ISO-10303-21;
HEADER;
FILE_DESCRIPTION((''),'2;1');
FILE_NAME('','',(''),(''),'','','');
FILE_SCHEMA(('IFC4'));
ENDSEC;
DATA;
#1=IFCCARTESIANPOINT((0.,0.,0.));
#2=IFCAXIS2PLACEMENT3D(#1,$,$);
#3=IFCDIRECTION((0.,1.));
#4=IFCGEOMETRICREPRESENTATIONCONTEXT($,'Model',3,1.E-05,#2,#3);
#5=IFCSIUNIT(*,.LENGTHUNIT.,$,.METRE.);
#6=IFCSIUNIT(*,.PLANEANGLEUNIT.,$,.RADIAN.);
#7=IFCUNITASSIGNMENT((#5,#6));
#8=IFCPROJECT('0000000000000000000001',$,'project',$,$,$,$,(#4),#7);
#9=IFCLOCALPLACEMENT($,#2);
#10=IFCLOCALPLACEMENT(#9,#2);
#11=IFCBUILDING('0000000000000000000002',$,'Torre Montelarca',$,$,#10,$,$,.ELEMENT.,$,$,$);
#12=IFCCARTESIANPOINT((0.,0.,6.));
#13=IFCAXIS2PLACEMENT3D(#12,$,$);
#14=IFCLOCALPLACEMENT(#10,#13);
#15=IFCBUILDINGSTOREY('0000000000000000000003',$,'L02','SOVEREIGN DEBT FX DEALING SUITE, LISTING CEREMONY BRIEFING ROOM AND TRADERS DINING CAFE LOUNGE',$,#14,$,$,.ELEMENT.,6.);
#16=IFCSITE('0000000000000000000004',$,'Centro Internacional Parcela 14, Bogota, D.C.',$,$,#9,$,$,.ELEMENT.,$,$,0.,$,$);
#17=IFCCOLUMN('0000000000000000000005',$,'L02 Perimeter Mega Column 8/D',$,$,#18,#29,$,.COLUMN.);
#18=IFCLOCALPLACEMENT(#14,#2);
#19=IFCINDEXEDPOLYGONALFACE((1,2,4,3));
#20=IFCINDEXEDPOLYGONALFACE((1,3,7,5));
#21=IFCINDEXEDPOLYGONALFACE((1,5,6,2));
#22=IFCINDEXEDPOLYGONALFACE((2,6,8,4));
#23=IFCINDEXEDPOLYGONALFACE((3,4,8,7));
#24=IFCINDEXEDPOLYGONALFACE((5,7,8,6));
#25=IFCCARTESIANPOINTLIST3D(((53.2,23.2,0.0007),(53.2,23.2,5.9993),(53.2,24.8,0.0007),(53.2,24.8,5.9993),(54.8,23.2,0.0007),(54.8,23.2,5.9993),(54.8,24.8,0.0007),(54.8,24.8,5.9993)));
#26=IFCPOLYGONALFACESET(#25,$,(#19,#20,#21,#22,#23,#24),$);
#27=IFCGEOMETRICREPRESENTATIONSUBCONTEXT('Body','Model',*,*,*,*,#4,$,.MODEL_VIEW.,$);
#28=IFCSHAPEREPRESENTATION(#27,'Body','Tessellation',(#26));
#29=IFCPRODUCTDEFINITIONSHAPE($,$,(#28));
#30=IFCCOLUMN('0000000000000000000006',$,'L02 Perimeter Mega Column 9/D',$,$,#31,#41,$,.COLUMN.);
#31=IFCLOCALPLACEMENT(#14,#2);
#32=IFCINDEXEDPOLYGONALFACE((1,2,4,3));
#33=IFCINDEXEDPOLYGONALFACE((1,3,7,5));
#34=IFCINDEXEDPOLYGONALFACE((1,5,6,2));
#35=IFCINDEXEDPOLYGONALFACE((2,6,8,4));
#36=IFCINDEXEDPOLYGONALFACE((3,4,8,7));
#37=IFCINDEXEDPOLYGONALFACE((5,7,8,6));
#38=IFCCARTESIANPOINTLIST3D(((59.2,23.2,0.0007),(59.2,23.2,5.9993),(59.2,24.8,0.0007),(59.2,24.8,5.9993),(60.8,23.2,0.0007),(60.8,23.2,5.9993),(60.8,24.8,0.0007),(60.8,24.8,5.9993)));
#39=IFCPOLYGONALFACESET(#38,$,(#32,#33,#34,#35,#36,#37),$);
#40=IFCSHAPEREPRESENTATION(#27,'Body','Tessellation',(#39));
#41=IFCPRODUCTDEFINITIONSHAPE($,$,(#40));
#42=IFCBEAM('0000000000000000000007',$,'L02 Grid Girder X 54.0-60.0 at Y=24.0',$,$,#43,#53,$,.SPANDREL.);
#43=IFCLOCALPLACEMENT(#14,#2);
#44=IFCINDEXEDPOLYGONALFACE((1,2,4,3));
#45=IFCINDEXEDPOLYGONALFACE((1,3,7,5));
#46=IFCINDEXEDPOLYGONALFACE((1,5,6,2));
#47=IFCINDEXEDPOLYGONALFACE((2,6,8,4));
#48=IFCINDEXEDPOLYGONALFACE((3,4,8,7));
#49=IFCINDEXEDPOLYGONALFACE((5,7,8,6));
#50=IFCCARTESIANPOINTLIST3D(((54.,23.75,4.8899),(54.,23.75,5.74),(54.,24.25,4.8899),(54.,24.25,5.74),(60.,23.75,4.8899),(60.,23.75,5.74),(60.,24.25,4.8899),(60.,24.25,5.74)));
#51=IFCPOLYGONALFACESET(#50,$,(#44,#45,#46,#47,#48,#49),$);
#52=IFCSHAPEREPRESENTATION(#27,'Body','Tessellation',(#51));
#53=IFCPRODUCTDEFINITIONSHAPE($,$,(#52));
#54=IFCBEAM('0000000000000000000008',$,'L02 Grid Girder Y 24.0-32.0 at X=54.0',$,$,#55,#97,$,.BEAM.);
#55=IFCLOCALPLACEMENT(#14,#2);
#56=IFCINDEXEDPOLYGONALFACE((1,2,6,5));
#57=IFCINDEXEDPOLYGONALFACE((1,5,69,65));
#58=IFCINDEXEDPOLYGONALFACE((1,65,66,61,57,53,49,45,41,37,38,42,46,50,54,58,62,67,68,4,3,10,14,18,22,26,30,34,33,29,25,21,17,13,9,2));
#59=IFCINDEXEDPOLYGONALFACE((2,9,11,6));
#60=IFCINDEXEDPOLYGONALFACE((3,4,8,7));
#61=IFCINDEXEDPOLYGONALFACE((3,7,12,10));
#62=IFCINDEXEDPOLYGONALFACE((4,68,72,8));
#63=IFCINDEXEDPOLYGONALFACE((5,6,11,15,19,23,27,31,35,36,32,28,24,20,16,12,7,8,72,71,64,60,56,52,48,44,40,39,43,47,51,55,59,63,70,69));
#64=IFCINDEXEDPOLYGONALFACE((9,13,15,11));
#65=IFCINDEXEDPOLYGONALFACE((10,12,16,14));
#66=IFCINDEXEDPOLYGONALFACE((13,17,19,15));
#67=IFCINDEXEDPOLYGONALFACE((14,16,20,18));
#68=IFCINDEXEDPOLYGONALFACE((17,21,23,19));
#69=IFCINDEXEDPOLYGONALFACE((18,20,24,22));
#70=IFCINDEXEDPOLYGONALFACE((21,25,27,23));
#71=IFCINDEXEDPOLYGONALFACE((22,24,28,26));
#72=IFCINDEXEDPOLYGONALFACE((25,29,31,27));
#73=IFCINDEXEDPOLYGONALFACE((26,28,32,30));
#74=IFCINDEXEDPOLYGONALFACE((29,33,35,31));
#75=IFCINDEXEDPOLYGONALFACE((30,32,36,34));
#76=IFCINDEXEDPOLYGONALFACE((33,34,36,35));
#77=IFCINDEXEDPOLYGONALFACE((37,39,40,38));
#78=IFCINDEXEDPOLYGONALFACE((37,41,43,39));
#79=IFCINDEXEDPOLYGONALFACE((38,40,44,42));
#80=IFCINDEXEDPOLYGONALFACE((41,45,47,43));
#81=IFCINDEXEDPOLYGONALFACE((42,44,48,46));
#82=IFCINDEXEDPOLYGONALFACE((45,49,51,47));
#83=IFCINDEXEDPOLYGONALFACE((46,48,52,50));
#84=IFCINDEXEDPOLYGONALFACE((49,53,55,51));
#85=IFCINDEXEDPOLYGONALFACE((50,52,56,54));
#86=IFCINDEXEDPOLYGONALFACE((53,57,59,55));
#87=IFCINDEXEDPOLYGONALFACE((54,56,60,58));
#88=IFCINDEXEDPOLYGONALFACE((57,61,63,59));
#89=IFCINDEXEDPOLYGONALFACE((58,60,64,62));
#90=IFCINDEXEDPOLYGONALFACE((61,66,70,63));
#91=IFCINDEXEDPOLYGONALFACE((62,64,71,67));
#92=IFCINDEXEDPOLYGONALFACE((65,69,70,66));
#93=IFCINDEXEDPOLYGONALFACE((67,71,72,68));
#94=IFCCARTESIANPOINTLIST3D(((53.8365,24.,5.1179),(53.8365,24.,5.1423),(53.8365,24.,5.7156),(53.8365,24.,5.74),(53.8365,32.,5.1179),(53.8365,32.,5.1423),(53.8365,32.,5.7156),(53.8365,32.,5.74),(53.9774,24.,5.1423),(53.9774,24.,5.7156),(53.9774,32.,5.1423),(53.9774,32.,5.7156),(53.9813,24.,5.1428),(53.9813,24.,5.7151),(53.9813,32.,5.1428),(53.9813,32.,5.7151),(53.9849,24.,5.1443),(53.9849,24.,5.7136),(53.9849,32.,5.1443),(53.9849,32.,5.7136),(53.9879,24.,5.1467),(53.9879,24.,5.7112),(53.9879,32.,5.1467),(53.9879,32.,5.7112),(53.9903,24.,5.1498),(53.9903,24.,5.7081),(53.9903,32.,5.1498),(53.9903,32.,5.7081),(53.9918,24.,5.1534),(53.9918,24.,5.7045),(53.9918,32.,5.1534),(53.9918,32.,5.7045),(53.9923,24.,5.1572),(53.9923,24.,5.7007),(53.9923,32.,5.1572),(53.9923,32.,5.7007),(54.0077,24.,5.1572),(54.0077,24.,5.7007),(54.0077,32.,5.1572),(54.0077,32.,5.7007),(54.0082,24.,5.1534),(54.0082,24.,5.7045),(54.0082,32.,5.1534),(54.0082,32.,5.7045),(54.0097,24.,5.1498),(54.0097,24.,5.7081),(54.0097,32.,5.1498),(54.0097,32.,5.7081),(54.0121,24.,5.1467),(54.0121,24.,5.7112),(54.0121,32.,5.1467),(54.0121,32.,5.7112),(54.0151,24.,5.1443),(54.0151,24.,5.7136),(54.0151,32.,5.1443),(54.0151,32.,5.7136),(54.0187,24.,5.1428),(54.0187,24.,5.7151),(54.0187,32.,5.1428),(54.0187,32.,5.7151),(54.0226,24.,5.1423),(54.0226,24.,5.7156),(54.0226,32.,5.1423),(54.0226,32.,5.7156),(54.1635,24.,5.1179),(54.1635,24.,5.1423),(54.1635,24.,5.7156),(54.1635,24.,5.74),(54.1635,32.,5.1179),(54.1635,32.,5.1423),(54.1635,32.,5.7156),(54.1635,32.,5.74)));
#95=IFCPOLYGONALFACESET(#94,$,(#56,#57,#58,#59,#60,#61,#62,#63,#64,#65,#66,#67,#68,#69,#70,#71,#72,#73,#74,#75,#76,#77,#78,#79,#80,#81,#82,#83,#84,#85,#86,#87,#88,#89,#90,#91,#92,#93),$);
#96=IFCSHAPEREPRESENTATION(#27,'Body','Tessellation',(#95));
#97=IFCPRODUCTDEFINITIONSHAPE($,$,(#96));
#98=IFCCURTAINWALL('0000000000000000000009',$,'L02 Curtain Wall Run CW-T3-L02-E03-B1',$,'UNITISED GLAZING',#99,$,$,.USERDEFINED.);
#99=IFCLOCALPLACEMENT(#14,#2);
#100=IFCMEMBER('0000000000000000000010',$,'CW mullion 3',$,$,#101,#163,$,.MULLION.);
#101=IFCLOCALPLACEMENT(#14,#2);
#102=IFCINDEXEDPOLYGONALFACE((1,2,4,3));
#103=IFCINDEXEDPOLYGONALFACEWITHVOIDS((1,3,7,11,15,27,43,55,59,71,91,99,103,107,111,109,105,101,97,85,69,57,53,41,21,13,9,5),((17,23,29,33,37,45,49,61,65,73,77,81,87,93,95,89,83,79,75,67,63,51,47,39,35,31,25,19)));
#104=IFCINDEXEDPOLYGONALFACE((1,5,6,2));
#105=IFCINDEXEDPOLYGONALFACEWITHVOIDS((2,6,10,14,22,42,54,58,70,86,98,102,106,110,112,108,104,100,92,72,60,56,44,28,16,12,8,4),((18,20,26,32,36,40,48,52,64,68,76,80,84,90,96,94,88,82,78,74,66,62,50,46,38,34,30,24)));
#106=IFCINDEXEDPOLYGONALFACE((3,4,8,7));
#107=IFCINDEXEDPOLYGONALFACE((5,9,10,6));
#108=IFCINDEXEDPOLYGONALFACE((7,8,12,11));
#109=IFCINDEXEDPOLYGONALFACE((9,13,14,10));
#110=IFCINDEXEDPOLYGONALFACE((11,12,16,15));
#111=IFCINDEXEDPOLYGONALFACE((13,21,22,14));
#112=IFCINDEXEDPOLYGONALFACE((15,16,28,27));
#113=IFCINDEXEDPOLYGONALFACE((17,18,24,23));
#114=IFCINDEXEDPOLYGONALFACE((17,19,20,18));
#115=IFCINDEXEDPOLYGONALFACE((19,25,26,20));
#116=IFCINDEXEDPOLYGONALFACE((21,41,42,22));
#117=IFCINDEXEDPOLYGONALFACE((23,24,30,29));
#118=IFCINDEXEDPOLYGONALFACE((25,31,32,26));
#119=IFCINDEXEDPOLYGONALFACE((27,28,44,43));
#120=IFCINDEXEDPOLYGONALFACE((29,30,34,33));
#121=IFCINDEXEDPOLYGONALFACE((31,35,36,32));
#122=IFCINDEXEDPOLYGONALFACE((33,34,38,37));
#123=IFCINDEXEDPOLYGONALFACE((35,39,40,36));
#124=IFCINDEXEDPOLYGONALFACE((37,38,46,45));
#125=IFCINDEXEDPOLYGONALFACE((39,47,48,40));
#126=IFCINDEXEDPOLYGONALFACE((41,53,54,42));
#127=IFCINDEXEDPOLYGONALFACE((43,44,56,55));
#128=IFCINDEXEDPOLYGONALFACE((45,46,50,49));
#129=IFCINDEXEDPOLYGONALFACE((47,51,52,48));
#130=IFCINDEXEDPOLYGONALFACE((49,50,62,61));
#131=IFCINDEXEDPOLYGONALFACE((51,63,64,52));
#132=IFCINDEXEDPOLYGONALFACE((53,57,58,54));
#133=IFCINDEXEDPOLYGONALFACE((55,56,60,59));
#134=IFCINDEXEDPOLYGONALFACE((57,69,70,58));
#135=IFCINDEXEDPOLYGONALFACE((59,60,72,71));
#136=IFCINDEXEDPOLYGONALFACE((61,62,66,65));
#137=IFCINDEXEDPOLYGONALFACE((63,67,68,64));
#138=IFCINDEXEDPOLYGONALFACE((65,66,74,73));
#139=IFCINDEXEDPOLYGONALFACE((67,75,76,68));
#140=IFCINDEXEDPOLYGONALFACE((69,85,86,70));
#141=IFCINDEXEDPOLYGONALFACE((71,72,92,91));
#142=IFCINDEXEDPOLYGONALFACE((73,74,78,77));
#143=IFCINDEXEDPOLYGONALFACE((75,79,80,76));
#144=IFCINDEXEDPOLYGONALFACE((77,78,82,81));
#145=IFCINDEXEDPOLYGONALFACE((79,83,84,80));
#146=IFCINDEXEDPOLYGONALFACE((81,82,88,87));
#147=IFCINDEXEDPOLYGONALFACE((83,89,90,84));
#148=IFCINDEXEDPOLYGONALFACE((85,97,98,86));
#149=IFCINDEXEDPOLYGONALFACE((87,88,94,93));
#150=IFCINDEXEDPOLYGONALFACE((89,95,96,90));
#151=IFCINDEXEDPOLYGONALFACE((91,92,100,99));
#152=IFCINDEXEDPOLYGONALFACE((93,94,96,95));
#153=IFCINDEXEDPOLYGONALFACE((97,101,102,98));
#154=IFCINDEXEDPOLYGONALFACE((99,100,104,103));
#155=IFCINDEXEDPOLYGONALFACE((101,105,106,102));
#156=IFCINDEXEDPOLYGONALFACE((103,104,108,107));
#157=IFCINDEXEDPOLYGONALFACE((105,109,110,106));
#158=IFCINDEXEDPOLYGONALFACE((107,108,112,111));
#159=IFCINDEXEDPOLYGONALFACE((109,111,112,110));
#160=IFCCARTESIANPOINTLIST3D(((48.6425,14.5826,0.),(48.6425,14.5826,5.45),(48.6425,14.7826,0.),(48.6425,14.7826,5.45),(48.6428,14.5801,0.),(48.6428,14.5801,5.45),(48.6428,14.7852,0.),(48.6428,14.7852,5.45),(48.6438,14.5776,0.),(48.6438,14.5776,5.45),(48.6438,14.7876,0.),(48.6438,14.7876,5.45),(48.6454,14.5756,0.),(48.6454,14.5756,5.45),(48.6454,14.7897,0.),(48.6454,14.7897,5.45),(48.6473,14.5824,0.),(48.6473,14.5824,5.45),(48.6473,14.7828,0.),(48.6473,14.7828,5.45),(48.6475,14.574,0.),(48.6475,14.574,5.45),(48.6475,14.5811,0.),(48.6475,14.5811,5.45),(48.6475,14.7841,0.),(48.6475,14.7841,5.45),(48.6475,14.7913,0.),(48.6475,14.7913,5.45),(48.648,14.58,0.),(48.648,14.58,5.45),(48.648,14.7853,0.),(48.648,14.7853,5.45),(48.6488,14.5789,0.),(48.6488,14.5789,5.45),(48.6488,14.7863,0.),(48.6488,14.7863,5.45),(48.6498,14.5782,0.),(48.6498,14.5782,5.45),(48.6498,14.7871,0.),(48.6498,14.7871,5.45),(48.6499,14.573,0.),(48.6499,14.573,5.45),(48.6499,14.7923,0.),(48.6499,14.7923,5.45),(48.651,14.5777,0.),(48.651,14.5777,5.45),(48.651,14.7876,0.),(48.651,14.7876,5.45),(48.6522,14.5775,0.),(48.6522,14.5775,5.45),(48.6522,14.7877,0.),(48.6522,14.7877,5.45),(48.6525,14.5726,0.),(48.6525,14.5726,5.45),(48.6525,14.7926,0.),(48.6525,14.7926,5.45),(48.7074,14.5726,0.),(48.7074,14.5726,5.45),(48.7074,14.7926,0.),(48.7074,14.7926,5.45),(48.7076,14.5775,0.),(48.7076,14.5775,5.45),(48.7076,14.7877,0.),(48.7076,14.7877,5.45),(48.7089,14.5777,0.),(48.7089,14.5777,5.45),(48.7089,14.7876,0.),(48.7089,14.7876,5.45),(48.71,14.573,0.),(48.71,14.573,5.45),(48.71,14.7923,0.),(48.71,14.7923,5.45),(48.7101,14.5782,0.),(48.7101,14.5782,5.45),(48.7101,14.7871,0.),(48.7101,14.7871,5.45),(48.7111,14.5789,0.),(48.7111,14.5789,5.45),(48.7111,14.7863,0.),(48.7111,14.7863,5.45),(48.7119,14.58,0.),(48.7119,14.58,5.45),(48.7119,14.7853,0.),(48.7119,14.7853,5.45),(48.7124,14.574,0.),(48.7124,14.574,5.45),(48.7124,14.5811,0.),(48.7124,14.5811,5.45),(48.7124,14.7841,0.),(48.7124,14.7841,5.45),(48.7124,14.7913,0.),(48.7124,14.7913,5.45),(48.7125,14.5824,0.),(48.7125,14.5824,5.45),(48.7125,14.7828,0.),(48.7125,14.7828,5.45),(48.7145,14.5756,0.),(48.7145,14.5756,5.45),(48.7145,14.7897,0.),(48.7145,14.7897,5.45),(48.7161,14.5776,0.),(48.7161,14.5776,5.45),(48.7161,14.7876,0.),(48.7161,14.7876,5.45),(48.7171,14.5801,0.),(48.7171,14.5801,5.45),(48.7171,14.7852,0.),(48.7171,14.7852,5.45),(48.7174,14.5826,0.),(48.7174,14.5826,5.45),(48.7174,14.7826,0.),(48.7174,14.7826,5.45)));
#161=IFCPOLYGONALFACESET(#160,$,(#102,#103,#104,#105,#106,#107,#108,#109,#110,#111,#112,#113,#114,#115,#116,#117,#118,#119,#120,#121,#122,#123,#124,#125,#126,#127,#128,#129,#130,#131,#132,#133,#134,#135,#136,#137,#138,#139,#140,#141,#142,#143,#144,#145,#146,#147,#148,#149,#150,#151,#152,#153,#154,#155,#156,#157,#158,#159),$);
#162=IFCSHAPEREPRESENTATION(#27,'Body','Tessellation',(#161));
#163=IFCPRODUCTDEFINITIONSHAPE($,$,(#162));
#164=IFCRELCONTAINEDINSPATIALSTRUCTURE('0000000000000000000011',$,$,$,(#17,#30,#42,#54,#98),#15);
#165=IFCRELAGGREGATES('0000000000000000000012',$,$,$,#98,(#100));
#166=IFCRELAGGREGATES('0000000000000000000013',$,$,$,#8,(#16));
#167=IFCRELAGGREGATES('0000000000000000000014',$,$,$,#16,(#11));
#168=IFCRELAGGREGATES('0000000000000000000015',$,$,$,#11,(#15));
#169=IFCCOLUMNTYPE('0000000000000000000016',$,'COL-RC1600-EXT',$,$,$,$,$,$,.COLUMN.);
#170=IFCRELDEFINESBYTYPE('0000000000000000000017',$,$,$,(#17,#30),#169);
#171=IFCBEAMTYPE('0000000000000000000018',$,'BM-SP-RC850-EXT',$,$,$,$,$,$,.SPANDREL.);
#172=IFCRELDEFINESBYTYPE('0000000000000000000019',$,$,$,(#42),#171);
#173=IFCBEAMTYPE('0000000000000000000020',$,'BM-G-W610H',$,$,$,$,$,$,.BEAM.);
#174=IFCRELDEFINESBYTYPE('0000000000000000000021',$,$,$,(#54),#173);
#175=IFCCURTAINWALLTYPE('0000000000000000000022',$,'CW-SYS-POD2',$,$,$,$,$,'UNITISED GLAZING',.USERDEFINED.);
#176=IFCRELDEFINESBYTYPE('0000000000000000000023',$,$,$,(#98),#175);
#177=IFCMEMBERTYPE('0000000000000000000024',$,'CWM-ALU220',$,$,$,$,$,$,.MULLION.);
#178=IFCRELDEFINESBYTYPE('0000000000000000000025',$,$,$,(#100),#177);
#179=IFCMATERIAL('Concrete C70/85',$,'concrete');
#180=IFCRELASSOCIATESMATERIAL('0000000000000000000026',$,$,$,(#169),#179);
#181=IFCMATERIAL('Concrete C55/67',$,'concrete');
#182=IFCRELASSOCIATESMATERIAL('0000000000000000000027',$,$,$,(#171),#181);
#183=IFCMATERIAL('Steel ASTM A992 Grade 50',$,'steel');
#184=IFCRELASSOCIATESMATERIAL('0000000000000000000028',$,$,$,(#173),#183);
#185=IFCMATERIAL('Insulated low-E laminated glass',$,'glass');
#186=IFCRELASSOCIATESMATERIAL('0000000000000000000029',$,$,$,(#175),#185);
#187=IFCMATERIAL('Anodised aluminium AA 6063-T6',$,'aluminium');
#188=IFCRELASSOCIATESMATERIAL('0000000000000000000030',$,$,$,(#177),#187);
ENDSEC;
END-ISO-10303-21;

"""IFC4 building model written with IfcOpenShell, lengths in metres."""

from ifc_helpers import new_model, si_unit, direction, frame, origin, origin_2d, place, context, subcontext, project, spatial, rectangle, hollow_rectangle, i_section, extrude, source, transform, mapped, material, material_profile, profile_set, type_object, element, aggregate, save


model = new_model("IFC4")

# Units and contexts
model_context = context("Model", 3, precision=1e-05, world=origin(), true_north=direction((0.0, 1.0)))
body_context = subcontext(model_context, "Body", "Model", "MODEL_VIEW")
ifc_project = project(units=[si_unit("LENGTHUNIT", "METRE"), si_unit("PLANEANGLEUNIT", "RADIAN")], contexts=[model_context])

# Site, building, storey
site_placement = place(None, origin())
site = spatial("IfcSite", under=ifc_project, at=site_placement, Name="Centro Internacional Parcela 14, Bogota, D.C.", CompositionType="ELEMENT", RefElevation=0.0)
building_placement = place(site_placement, origin())
building = spatial("IfcBuilding", under=site, at=building_placement, Name="Torre Montelarca", CompositionType="ELEMENT")
storey_placement = place(building_placement, frame((0.0, 0.0, 6.0)))
storey = spatial("IfcBuildingStorey", under=building, at=storey_placement, Name="L02", Description="SOVEREIGN DEBT FX DEALING SUITE, LISTING CEREMONY BRIEFING ROOM AND TRADERS DINING CAFE LOUNGE", CompositionType="ELEMENT", Elevation=6.0)

# Columns
ifc_material_1 = material(Name="Concrete C70/85", Category="concrete")
ifc_material_profile_1 = material_profile(ifc_material_1, rectangle(XDim=1.6001, YDim=1.6001, at=origin_2d()), Name="RC1600X1600", Category="concrete")
ifc_profile_set_1 = profile_set([ifc_material_profile_1], Name="Concrete C70/85")
column_type = type_object("IfcColumnType", Name="COL-RC1600-EXT", PredefinedType="COLUMN", material=ifc_profile_set_1)
shared_shape_1 = source(origin(), body_context, "Body", "SweptSolid", [
    extrude(rectangle(XDim=1.6001, YDim=1.6001, at=origin_2d()), origin(), (0.0, 0.0, 1.0), 5.9985),
])
for number, where, z_axis, x_axis, name in (
    (1, (54.0, 24.0, 0.0007), (0.0, 0.0, 1.0), (1.0, 0.0, 0.0), "L02 Perimeter Mega Column 8/D"),
    (2, (60.0, 24.0, 0.0007), (0.0, 0.0, 1.0), (1.0, 0.0, 0.0), "L02 Perimeter Mega Column 9/D"),
):
    element("IfcColumn", number, at=place(storey_placement, frame(where, z_axis=z_axis, x_axis=x_axis)), inside=storey, type_object=column_type, Name=name, PredefinedType="COLUMN", context=body_context, shape_type="MappedRepresentation", body=[
        mapped(shared_shape_1, transform((0.0, 0.0, 0.0), scale=1.0)),
    ])

# Beams
ifc_material_2 = material(Name="Concrete C55/67", Category="concrete")
ifc_material_profile_2 = material_profile(ifc_material_2, rectangle(XDim=0.5, YDim=0.8501, at=origin_2d()), Name="RCB500X850", Category="concrete")
ifc_profile_set_2 = profile_set([ifc_material_profile_2], Name="Concrete C55/67")
beam_type_1 = type_object("IfcBeamType", Name="BM-SP-RC850-EXT", PredefinedType="SPANDREL", material=ifc_profile_set_2)
shared_shape_2 = source(origin(), body_context, "Body", "SweptSolid", [
    extrude(rectangle(XDim=0.5, YDim=0.8501, at=origin_2d()), origin(), (0.0, 0.0, 1.0), 6.0),
])
beam_1_placement = place(storey_placement, frame((54.0, 24.0, 5.3149), z_axis=(1.0, 0.0, 0.0), x_axis=(0.0, 1.0, 0.0)))
element("IfcBeam", 3, at=beam_1_placement, inside=storey, type_object=beam_type_1, Name="L02 Grid Girder X 54.0-60.0 at Y=24.0", PredefinedType="SPANDREL", context=body_context, shape_type="MappedRepresentation", body=[
    mapped(shared_shape_2, transform((0.0, 0.0, 0.0), scale=1.0)),
])
ifc_material_3 = material(Name="Steel ASTM A992 Grade 50", Category="steel")
ifc_material_profile_3 = material_profile(ifc_material_3, i_section(OverallWidth=0.3269, OverallDepth=0.6221, WebThickness=0.0154, FlangeThickness=0.0244, FilletRadius=0.0149, at=origin_2d()), Name="W610X195", Category="steel")
ifc_profile_set_3 = profile_set([ifc_material_profile_3], Name="Steel ASTM A992 Grade 50")
beam_type_2 = type_object("IfcBeamType", Name="BM-G-W610H", PredefinedType="BEAM", material=ifc_profile_set_3)
shared_shape_3 = source(origin(), body_context, "Body", "SweptSolid", [
    extrude(i_section(OverallWidth=0.3269, OverallDepth=0.6221, WebThickness=0.0154, FlangeThickness=0.0244, FilletRadius=0.0149, at=origin_2d()), origin(), (0.0, 0.0, 1.0), 8.0),
])
beam_2_placement = place(storey_placement, frame((54.0, 24.0, 5.429), z_axis=(0.0, 1.0, 0.0), x_axis=(-1.0, 0.0, 0.0)))
element("IfcBeam", 4, at=beam_2_placement, inside=storey, type_object=beam_type_2, Name="L02 Grid Girder Y 24.0-32.0 at X=54.0", PredefinedType="BEAM", context=body_context, shape_type="MappedRepresentation", body=[
    mapped(shared_shape_3, transform((0.0, 0.0, 0.0), scale=1.0)),
])

# Curtain wall, member
ifc_material_4 = material(Name="Insulated low-E laminated glass", Category="glass")
curtain_wall_type = type_object("IfcCurtainWallType", Name="CW-SYS-POD2", ElementType="UNITISED GLAZING", PredefinedType="USERDEFINED", material=ifc_material_4)
curtain_wall_1_placement = place(storey_placement, origin())
curtain_wall_1 = element("IfcCurtainWall", 5, at=curtain_wall_1_placement, inside=storey, type_object=curtain_wall_type, Name="L02 Curtain Wall Run CW-T3-L02-E03-B1", ObjectType="UNITISED GLAZING", PredefinedType="USERDEFINED")
ifc_material_5 = material(Name="Anodised aluminium AA 6063-T6", Category="aluminium")
ifc_material_profile_4 = material_profile(ifc_material_5, hollow_rectangle(XDim=0.075, YDim=0.22, WallThickness=0.0049, InnerFilletRadius=0.0049, OuterFilletRadius=0.01, at=origin_2d()), Name="ALU75X220X5", Category="aluminium")
ifc_profile_set_4 = profile_set([ifc_material_profile_4], Name="Anodised aluminium AA 6063-T6")
member_type_1 = type_object("IfcMemberType", Name="CWM-ALU220", PredefinedType="MULLION", material=ifc_profile_set_4)
shared_shape_4 = source(origin(), body_context, "Body", "SweptSolid", [
    extrude(hollow_rectangle(XDim=0.075, YDim=0.22, WallThickness=0.0049, InnerFilletRadius=0.0049, OuterFilletRadius=0.01, at=origin_2d()), origin(), (0.0, 0.0, 1.0), 5.45),
])
member_1_placement = place(storey_placement, frame((48.6799, 14.6826, 0.0), z_axis=(0.0, 0.0, 1.0), x_axis=(-1.0, 0.0, 0.0)))
member_1 = element("IfcMember", 6, at=member_1_placement, type_object=member_type_1, Name="CW mullion 3", PredefinedType="MULLION", context=body_context, shape_type="MappedRepresentation", body=[
    mapped(shared_shape_4, transform((0.0, 0.0, 0.0), scale=1.0)),
])

aggregate(curtain_wall_1, [member_1])

save(model, "model.ifc")
